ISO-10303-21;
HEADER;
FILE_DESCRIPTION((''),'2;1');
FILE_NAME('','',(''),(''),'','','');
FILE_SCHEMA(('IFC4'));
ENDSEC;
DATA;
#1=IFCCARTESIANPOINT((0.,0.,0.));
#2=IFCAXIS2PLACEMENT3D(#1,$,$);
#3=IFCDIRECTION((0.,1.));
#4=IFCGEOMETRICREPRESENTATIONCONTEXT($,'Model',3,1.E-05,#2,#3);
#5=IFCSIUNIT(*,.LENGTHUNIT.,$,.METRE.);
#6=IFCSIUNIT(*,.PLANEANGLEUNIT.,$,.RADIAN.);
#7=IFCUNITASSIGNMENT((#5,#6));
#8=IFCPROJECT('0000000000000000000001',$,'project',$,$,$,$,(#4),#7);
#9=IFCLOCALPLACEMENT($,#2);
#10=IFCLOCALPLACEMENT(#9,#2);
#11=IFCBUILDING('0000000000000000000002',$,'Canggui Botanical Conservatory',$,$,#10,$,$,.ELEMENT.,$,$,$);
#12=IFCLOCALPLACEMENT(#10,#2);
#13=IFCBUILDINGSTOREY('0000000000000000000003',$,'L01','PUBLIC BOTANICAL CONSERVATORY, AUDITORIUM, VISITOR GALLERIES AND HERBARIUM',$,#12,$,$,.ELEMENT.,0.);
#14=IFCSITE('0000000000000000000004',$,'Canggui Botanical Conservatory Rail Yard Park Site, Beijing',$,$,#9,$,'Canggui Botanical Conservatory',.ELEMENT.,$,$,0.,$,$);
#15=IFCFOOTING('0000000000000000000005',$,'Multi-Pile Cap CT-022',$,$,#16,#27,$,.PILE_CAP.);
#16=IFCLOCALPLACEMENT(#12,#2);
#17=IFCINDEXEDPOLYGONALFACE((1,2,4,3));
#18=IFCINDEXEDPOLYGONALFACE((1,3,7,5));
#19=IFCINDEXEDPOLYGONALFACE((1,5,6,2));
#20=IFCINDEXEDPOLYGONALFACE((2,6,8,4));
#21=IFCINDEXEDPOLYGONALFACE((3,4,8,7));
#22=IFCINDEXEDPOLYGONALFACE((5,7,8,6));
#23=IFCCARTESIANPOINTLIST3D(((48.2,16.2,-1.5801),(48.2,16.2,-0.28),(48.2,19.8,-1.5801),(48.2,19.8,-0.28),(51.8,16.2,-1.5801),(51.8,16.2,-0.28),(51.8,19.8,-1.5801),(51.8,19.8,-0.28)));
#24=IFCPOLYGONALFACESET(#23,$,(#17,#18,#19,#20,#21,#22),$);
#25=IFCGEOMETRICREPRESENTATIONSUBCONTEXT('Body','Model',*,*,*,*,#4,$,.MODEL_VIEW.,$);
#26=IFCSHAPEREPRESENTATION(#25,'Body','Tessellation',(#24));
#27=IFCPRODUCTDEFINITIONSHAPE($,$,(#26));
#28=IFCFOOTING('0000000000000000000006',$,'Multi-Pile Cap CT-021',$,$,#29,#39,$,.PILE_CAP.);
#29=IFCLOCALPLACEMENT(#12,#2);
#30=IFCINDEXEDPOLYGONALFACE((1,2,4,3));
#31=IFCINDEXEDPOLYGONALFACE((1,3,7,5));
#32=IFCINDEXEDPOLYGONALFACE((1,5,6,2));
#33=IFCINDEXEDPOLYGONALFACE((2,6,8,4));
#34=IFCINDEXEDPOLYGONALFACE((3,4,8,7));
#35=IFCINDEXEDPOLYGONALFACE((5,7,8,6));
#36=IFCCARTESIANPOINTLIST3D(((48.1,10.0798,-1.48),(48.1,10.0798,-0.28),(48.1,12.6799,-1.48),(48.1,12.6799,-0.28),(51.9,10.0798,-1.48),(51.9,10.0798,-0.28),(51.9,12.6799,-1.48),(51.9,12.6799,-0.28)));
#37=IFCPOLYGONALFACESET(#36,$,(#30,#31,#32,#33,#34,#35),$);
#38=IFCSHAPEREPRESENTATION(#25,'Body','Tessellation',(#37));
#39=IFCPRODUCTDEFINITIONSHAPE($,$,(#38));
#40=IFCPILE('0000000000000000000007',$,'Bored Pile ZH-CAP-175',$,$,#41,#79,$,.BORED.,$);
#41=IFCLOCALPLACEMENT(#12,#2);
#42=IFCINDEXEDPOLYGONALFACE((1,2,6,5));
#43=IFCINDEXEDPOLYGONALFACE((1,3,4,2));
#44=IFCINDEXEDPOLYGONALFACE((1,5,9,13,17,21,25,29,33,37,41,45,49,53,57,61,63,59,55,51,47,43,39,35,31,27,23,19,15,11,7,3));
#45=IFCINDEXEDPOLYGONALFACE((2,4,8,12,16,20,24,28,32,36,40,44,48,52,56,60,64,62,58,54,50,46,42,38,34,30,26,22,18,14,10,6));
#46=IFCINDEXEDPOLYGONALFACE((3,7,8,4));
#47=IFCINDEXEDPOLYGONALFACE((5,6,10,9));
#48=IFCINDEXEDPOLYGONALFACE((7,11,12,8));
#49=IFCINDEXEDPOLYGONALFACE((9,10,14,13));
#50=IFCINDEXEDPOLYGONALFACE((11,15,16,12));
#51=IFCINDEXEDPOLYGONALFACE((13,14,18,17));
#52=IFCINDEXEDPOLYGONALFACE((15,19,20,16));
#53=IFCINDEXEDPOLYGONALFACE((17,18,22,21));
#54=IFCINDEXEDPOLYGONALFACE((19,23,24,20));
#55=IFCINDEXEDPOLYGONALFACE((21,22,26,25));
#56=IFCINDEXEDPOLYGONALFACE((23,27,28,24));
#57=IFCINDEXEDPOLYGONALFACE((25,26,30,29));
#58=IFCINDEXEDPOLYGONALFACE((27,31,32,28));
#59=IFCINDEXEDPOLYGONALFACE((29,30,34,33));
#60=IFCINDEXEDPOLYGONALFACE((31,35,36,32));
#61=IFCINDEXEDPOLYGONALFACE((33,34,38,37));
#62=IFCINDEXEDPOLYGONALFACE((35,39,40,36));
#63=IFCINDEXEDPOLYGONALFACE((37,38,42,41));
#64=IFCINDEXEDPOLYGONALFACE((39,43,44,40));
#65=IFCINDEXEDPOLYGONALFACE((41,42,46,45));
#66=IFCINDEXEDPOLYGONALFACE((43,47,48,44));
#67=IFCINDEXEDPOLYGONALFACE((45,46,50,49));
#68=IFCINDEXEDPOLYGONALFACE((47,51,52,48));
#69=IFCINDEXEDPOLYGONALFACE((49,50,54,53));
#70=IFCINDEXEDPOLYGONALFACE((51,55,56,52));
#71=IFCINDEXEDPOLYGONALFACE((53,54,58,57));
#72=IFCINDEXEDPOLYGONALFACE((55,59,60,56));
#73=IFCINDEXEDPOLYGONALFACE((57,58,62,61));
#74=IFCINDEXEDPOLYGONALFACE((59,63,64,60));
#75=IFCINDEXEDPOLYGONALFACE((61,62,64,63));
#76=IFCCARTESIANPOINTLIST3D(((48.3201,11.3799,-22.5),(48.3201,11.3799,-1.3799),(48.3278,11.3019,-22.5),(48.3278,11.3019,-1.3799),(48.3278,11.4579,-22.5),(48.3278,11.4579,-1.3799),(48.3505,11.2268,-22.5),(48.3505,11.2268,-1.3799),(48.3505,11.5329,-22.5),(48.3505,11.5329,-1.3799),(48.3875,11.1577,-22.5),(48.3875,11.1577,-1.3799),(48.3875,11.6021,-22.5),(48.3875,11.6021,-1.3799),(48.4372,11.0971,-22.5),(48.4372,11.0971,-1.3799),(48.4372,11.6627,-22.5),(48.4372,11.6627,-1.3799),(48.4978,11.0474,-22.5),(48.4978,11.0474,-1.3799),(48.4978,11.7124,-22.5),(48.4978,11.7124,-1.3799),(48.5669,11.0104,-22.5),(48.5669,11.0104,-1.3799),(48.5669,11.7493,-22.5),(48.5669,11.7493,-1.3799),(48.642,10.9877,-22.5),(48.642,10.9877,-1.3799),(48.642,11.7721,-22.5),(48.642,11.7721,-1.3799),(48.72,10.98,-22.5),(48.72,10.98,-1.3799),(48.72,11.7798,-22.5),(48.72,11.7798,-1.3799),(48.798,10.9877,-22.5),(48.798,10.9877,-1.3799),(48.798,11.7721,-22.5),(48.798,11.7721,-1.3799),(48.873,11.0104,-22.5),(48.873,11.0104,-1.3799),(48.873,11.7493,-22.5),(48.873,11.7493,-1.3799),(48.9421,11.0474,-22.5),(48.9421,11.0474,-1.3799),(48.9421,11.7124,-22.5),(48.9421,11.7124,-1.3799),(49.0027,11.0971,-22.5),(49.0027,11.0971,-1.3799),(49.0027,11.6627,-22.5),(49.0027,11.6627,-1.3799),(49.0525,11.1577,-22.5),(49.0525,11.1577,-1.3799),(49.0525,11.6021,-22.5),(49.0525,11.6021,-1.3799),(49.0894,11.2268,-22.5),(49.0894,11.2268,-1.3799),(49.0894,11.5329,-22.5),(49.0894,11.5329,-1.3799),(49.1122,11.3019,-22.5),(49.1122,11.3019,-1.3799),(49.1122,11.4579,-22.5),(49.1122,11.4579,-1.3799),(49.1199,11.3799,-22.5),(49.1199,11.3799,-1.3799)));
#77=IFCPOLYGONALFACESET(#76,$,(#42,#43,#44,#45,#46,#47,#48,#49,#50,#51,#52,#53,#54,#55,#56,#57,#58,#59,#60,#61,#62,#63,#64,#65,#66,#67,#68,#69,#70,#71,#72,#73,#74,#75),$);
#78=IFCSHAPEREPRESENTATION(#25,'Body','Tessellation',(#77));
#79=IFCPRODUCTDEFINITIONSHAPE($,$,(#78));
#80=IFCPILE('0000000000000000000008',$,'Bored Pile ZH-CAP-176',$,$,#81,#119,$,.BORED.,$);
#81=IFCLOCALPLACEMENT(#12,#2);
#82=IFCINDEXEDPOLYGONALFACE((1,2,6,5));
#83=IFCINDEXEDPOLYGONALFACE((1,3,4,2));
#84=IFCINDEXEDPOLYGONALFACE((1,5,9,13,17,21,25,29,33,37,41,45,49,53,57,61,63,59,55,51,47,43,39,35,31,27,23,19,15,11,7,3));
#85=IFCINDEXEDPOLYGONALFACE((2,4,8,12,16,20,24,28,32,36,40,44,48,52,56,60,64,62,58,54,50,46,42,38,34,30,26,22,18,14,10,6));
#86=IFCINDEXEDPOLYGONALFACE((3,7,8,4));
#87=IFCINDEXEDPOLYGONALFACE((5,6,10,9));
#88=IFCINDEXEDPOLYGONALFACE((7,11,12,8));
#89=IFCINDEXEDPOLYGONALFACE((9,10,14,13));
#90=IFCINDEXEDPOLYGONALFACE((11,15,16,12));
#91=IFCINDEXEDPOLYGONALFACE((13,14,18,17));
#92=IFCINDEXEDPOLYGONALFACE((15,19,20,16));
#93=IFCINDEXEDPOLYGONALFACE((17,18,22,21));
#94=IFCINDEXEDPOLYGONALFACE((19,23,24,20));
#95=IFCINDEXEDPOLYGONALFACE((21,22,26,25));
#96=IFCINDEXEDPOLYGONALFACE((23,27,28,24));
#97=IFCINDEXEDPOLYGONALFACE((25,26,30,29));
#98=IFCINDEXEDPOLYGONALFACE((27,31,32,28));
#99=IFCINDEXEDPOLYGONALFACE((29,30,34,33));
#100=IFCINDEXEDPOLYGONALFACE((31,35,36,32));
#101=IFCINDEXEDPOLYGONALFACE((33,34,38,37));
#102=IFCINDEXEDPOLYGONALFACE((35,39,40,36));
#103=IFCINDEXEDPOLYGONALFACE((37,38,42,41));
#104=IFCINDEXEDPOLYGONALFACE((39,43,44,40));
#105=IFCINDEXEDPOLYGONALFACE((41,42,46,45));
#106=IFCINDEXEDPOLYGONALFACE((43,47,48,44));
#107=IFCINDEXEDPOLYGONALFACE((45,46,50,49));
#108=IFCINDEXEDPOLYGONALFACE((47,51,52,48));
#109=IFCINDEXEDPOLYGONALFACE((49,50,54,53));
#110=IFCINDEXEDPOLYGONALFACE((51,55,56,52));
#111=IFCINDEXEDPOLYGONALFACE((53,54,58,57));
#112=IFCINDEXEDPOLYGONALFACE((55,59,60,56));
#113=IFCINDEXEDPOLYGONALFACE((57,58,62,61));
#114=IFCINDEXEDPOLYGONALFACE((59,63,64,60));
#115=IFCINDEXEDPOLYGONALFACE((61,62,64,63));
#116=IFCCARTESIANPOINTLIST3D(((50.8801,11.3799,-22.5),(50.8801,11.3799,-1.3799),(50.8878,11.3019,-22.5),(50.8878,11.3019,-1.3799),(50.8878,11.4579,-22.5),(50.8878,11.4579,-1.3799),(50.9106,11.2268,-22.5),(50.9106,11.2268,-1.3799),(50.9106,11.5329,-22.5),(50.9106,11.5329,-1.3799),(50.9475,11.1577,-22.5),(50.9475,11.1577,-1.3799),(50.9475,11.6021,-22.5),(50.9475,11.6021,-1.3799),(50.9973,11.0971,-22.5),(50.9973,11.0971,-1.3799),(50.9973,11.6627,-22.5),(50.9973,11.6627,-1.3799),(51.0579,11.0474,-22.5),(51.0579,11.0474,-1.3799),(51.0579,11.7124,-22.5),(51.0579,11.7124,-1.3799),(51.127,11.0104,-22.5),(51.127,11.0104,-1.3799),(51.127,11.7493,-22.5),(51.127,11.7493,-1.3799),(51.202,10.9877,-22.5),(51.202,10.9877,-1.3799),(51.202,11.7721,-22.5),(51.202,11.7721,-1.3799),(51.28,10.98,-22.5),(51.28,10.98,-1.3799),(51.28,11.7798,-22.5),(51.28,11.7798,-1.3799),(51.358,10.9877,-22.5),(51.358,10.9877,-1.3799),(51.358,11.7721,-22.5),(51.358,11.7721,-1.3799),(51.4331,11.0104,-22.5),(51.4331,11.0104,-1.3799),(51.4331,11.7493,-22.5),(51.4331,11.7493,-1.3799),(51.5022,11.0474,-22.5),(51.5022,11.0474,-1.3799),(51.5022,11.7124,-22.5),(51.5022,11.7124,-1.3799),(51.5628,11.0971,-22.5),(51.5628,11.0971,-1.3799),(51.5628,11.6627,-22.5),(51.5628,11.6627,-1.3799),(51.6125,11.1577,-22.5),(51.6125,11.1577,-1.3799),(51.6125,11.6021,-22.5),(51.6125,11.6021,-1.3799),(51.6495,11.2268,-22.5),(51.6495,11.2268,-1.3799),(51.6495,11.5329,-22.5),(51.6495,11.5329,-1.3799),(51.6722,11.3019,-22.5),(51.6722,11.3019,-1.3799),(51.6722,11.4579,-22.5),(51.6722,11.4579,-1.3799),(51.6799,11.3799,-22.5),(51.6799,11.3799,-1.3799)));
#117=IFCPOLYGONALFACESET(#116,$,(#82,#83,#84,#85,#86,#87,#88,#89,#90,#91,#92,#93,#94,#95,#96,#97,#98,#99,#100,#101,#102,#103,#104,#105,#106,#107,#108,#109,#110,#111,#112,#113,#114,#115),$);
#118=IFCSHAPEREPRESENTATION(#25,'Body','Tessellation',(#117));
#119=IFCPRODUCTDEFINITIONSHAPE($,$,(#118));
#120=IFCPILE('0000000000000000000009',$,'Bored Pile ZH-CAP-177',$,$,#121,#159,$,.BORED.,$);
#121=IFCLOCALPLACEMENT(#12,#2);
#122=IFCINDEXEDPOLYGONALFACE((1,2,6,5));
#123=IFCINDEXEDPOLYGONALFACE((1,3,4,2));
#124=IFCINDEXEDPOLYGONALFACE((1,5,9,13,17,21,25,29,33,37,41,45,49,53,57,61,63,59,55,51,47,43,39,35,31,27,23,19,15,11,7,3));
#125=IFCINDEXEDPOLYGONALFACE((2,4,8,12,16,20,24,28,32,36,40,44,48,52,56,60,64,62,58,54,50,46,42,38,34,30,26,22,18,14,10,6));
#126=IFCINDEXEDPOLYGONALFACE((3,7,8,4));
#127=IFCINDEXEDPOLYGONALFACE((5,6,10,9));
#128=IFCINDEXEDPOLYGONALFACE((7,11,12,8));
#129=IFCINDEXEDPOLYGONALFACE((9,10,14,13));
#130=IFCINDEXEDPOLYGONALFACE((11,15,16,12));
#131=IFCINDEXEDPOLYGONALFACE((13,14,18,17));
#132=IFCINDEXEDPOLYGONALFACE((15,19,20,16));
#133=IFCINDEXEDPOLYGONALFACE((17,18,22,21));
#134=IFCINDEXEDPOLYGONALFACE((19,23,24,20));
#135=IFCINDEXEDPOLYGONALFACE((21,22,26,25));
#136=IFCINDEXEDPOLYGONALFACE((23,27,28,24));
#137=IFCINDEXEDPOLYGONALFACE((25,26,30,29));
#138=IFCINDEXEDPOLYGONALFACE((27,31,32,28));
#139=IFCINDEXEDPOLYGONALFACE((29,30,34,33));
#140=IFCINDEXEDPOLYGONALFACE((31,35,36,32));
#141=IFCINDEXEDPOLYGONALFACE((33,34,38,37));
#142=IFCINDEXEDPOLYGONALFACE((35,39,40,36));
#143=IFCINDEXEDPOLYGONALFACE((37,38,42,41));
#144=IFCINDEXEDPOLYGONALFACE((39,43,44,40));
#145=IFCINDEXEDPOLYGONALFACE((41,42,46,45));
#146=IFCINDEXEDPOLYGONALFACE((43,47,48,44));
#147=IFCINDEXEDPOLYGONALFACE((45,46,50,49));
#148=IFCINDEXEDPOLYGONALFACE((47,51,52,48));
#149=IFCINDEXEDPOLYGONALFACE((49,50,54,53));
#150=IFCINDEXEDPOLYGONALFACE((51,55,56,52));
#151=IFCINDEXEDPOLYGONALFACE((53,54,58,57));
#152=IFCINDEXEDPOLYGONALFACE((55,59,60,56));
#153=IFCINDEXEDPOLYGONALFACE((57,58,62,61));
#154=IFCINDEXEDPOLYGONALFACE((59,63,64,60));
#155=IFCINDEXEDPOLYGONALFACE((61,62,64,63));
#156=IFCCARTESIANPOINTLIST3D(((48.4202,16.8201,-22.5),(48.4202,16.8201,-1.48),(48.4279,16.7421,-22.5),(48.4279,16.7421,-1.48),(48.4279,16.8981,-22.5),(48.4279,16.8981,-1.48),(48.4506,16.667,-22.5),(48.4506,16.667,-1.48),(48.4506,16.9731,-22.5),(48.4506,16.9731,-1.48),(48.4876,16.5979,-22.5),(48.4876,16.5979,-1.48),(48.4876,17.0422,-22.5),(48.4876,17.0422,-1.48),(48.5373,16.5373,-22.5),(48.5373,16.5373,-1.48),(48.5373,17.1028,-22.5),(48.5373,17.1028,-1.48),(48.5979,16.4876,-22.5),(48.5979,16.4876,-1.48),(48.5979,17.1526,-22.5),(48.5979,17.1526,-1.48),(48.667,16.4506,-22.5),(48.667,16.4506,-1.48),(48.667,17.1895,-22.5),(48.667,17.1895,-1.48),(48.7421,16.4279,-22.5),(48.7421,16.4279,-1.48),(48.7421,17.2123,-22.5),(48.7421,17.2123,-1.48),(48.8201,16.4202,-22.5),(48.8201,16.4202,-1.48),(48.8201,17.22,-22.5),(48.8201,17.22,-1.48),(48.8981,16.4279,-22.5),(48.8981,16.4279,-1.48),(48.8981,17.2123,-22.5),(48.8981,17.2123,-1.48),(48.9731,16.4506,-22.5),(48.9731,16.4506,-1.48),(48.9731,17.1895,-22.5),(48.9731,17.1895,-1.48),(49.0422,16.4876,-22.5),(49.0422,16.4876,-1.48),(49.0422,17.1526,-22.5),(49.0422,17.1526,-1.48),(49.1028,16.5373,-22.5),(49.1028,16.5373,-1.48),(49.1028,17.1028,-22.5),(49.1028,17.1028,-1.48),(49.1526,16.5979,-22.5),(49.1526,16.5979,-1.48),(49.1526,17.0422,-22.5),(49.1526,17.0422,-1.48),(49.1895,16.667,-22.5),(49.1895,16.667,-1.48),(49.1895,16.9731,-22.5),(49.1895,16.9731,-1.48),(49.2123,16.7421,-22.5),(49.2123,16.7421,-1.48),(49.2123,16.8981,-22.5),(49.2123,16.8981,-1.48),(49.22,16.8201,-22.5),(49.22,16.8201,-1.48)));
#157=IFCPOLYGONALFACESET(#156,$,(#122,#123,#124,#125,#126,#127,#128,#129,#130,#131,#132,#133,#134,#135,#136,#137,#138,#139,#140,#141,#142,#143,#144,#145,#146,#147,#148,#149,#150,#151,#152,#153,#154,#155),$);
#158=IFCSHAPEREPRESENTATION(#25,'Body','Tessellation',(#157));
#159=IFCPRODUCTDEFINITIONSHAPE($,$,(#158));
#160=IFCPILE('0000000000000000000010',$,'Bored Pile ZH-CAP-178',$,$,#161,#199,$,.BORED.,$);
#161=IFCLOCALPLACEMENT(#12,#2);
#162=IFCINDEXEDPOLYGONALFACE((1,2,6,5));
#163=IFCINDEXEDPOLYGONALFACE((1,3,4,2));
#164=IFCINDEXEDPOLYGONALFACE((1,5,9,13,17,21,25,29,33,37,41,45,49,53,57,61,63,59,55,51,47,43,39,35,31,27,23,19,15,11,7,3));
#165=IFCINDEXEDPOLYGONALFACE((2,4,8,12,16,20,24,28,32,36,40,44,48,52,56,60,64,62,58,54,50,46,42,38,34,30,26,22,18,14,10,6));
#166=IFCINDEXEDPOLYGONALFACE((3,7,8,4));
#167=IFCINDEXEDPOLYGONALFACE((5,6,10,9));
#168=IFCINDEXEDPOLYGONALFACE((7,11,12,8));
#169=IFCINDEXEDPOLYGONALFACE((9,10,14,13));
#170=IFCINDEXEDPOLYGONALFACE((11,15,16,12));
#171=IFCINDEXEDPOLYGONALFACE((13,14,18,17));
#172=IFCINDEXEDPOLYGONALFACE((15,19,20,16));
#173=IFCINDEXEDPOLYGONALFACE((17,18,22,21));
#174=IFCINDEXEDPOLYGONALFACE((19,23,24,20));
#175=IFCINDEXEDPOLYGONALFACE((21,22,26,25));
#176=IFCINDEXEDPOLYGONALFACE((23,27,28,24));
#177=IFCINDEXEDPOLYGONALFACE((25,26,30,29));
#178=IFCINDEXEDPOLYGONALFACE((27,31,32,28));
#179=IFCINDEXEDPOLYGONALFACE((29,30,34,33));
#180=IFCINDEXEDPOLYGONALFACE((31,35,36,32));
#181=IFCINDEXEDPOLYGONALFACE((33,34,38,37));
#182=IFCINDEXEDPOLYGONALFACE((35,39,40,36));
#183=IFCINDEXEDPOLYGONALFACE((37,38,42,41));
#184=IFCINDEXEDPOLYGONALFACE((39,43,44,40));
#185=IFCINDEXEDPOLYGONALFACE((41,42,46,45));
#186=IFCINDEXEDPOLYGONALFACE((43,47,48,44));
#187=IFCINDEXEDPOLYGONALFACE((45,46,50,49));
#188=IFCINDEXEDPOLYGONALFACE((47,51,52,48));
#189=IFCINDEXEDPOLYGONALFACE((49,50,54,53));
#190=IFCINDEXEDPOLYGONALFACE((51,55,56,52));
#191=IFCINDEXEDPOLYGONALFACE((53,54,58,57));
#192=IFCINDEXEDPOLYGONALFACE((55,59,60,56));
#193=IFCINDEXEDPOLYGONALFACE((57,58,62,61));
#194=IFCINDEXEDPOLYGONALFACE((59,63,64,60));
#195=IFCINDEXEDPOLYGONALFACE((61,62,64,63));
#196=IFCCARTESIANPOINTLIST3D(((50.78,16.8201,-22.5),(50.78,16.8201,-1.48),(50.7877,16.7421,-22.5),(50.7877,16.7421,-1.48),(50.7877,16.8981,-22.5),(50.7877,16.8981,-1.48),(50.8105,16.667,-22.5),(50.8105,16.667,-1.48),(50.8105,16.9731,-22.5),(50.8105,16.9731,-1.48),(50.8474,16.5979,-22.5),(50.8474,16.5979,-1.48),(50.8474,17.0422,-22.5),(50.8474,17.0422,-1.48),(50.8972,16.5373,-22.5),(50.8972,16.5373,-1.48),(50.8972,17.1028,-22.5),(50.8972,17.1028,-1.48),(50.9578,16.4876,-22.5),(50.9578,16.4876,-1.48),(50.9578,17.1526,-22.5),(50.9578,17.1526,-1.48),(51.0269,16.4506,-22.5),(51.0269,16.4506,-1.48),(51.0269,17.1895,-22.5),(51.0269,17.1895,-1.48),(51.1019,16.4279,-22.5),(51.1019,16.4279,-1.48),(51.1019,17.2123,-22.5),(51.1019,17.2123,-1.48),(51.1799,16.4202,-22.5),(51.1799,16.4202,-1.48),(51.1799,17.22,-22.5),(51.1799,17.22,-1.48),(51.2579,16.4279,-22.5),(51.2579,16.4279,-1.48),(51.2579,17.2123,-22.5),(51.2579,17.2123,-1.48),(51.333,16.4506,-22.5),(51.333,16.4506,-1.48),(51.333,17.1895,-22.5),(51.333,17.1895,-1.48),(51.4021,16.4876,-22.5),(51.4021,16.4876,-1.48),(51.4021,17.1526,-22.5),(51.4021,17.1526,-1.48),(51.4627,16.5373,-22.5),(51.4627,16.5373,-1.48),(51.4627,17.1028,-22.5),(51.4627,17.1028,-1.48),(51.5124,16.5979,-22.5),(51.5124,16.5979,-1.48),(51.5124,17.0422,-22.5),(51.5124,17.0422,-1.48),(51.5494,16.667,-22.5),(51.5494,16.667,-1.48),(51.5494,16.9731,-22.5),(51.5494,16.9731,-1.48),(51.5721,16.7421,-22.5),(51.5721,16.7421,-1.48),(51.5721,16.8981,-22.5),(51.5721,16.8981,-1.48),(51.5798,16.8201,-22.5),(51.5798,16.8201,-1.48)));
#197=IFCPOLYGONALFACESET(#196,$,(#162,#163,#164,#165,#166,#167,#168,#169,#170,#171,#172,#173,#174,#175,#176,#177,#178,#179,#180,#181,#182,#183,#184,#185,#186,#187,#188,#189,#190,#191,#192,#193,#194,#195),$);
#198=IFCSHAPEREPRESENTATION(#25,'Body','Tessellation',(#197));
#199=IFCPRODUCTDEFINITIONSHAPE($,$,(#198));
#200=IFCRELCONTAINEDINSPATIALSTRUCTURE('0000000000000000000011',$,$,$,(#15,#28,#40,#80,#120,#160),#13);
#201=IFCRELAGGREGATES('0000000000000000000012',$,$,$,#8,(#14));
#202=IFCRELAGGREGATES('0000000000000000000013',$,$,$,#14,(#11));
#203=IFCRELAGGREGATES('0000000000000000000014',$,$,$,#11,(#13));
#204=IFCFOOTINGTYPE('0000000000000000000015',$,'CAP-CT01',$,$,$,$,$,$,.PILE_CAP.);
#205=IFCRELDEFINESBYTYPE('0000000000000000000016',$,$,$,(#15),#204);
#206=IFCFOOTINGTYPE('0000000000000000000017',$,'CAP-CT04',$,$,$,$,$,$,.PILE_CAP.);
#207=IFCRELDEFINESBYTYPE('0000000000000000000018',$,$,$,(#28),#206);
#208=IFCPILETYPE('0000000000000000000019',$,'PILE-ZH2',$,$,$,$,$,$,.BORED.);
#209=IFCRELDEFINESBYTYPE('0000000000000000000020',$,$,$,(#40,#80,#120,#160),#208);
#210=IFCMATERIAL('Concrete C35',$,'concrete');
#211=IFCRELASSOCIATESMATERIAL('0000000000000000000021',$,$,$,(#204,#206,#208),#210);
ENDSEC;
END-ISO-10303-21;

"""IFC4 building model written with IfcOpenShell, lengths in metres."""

from ifc_helpers import new_model, si_unit, direction, frame, origin, origin_2d, place, context, subcontext, project, spatial, rectangle, circle, extrude, material, material_profile, profile_set, type_object, element, save


model = new_model("IFC4")

# Units and contexts
model_context = context("Model", 3, precision=1e-05, world=origin(), true_north=direction((0.0, 1.0)))
body_context = subcontext(model_context, "Body", "Model", "MODEL_VIEW")
ifc_project = project(units=[si_unit("LENGTHUNIT", "METRE"), si_unit("PLANEANGLEUNIT", "RADIAN")], contexts=[model_context])

# Site, building, storey
site_placement = place(None, origin())
site = spatial("IfcSite", under=ifc_project, at=site_placement, Name="Canggui Botanical Conservatory Rail Yard Park Site, Beijing", LongName="Canggui Botanical Conservatory", CompositionType="ELEMENT", RefElevation=0.0)
building_placement = place(site_placement, origin())
building = spatial("IfcBuilding", under=site, at=building_placement, Name="Canggui Botanical Conservatory", CompositionType="ELEMENT")
storey_placement = place(building_placement, origin())
storey = spatial("IfcBuildingStorey", under=building, at=storey_placement, Name="L01", Description="PUBLIC BOTANICAL CONSERVATORY, AUDITORIUM, VISITOR GALLERIES AND HERBARIUM", CompositionType="ELEMENT", Elevation=0.0)

# Footings
ifc_material_1 = material(Name="Concrete C35", Category="concrete")
footing_type_1 = type_object("IfcFootingType", Name="CAP-CT01", PredefinedType="PILE_CAP", material=ifc_material_1)
footing_1_placement = place(storey_placement, frame((50.0, 18.0, -1.5801), z_axis=(0.0, 0.0, 1.0), x_axis=(1.0, 0.0, 0.0)))
element("IfcFooting", 1, at=footing_1_placement, inside=storey, type_object=footing_type_1, Name="Multi-Pile Cap CT-022", PredefinedType="PILE_CAP", context=body_context, shape_type="SweptSolid", body=[
    extrude(rectangle(XDim=3.6001, YDim=3.6001, at=origin_2d()), origin(), (0.0, 0.0, 1.0), 1.3),
])
footing_type_2 = type_object("IfcFootingType", Name="CAP-CT04", PredefinedType="PILE_CAP", material=ifc_material_1)
footing_2_placement = place(storey_placement, frame((50.0, 11.3799, -1.48), z_axis=(0.0, 0.0, 1.0), x_axis=(1.0, 0.0, 0.0)))
element("IfcFooting", 2, at=footing_2_placement, inside=storey, type_object=footing_type_2, Name="Multi-Pile Cap CT-021", PredefinedType="PILE_CAP", context=body_context, shape_type="SweptSolid", body=[
    extrude(rectangle(XDim=3.8, YDim=2.6001, at=origin_2d()), origin(), (0.0, 0.0, 1.0), 1.2),
])

# Piles
ifc_material_profile_1 = material_profile(ifc_material_1, circle(Radius=0.3999, at=origin_2d()), Name="PILE D800")
ifc_profile_set_1 = profile_set([ifc_material_profile_1], Name="Concrete C35")
pile_type = type_object("IfcPileType", Name="PILE-ZH2", PredefinedType="BORED", material=ifc_profile_set_1)
for number, where, z_axis, x_axis, name in (
    (3, (48.72, 11.3799, -1.3799), (0.0, 0.0, -1.0), (1.0, 0.0, 0.0), "Bored Pile ZH-CAP-175"),
    (4, (51.28, 11.3799, -1.3799), (0.0, 0.0, -1.0), (1.0, 0.0, 0.0), "Bored Pile ZH-CAP-176"),
):
    element("IfcPile", number, at=place(storey_placement, frame(where, z_axis=z_axis, x_axis=x_axis)), inside=storey, type_object=pile_type, Name=name, PredefinedType="BORED", context=body_context, shape_type="SweptSolid", body=[
        extrude(circle(Radius=0.3999, at=origin_2d()), origin(), (0.0, 0.0, 1.0), 21.1201),
    ])
for number, where, z_axis, x_axis, name in (
    (5, (48.8201, 16.8201, -1.48), (0.0, 0.0, -1.0), (1.0, 0.0, 0.0), "Bored Pile ZH-CAP-177"),
    (6, (51.1799, 16.8201, -1.48), (0.0, 0.0, -1.0), (1.0, 0.0, 0.0), "Bored Pile ZH-CAP-178"),
):
    element("IfcPile", number, at=place(storey_placement, frame(where, z_axis=z_axis, x_axis=x_axis)), inside=storey, type_object=pile_type, Name=name, PredefinedType="BORED", context=body_context, shape_type="SweptSolid", body=[
        extrude(circle(Radius=0.3999, at=origin_2d()), origin(), (0.0, 0.0, 1.0), 21.02),
    ])

save(model, "model.ifc")
